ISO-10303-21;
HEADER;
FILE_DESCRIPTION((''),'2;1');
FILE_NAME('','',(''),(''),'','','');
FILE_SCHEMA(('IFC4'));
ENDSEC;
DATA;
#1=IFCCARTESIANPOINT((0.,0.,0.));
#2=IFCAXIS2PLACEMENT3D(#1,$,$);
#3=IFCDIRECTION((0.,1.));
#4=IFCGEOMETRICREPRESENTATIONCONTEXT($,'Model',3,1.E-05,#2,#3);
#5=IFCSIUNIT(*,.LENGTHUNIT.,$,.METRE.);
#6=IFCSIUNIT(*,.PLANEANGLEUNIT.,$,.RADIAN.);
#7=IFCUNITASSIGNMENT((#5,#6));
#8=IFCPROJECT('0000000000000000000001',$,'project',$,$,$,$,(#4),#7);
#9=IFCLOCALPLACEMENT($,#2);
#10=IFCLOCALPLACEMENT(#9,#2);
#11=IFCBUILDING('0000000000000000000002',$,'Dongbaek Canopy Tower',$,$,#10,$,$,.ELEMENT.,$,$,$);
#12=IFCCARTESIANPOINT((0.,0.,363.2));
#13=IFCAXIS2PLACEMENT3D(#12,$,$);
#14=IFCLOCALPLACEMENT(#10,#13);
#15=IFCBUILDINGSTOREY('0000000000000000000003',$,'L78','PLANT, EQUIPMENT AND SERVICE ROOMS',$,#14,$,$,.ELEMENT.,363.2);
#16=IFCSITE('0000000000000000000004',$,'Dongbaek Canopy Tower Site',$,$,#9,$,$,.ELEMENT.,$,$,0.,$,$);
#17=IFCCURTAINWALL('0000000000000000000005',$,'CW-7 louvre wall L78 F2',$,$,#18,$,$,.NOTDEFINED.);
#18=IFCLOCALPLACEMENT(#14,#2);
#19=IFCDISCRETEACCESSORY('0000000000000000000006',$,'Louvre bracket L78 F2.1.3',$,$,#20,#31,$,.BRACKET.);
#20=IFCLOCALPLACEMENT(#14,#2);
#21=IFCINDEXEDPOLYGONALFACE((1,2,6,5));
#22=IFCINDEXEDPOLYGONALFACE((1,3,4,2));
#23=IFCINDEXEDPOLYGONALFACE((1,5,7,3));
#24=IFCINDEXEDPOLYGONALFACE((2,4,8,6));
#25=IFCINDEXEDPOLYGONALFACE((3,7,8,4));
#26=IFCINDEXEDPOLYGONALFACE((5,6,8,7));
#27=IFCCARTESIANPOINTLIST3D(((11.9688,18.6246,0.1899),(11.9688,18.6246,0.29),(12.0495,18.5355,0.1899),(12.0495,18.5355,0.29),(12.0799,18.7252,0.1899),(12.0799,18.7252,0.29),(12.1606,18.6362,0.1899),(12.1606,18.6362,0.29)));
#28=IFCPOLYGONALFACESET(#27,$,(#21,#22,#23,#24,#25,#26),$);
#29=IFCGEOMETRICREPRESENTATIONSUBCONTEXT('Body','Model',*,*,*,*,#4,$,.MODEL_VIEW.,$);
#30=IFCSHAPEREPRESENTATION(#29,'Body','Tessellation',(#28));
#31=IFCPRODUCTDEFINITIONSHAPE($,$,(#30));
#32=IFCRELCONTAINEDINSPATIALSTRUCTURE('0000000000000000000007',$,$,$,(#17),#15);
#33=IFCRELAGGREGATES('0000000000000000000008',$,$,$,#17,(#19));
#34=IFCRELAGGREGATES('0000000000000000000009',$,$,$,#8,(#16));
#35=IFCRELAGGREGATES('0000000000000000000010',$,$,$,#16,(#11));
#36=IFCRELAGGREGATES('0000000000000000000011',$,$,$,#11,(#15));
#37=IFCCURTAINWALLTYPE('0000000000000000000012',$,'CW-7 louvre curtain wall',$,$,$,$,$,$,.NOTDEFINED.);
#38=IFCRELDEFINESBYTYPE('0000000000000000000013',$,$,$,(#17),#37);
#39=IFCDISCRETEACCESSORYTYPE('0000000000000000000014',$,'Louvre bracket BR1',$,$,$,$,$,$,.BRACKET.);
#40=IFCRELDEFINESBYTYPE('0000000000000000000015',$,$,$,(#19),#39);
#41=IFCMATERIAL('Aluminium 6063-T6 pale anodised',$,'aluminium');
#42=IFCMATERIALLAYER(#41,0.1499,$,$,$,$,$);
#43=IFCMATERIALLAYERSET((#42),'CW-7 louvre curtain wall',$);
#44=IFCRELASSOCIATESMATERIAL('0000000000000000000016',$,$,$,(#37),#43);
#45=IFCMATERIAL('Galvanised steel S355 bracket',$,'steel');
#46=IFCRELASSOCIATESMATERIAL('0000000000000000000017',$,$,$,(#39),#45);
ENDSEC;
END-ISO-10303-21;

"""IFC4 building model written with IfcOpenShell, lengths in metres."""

from ifc_helpers import new_model, si_unit, direction, frame, origin, origin_2d, place, context, subcontext, project, spatial, rectangle, extrude, material, layer, layer_set, type_object, element, aggregate, save


model = new_model("IFC4")

# Units and contexts
model_context = context("Model", 3, precision=1e-05, world=origin(), true_north=direction((0.0, 1.0)))
body_context = subcontext(model_context, "Body", "Model", "MODEL_VIEW")
ifc_project = project(units=[si_unit("LENGTHUNIT", "METRE"), si_unit("PLANEANGLEUNIT", "RADIAN")], contexts=[model_context])

# Site, building, storey
site_placement = place(None, origin())
site = spatial("IfcSite", under=ifc_project, at=site_placement, Name="Dongbaek Canopy Tower Site", CompositionType="ELEMENT", RefElevation=0.0)
building_placement = place(site_placement, origin())
building = spatial("IfcBuilding", under=site, at=building_placement, Name="Dongbaek Canopy Tower", CompositionType="ELEMENT")
storey_placement = place(building_placement, frame((0.0, 0.0, 363.2)))
storey = spatial("IfcBuildingStorey", under=building, at=storey_placement, Name="L78", Description="PLANT, EQUIPMENT AND SERVICE ROOMS", CompositionType="ELEMENT", Elevation=363.2)

# Shared definitions
ifc_material_1 = material(Name="Aluminium 6063-T6 pale anodised", Category="aluminium")
ifc_layer_1 = layer(ifc_material_1, 0.1499)
ifc_layer_set_1 = layer_set([ifc_layer_1], Name="CW-7 louvre curtain wall")
curtain_wall_type = type_object("IfcCurtainWallType", Name="CW-7 louvre curtain wall", PredefinedType="NOTDEFINED", material=ifc_layer_set_1)

# Curtain wall
curtain_wall_1_placement = place(storey_placement, origin())
curtain_wall_1 = element("IfcCurtainWall", 1, at=curtain_wall_1_placement, inside=storey, type_object=curtain_wall_type, Name="CW-7 louvre wall L78 F2", PredefinedType="NOTDEFINED")

# Discrete accessory
ifc_material_2 = material(Name="Galvanised steel S355 bracket", Category="steel")
discrete_accessory_type = type_object("IfcDiscreteAccessoryType", Name="Louvre bracket BR1", PredefinedType="BRACKET", material=ifc_material_2)
discrete_accessory_1_placement = place(storey_placement, frame((12.0647, 18.6304, 0.1899), z_axis=(0.0, 0.0, 1.0), x_axis=(-0.67126, 0.741222, 0.0)))
discrete_accessory_1 = element("IfcDiscreteAccessory", 2, at=discrete_accessory_1_placement, type_object=discrete_accessory_type, Name="Louvre bracket L78 F2.1.3", PredefinedType="BRACKET", context=body_context, shape_type="SweptSolid", body=[
    extrude(rectangle(XDim=0.1201, YDim=0.1499, at=origin_2d()), origin(), (0.0, 0.0, 1.0), 0.1001),
])
aggregate(curtain_wall_1, [discrete_accessory_1])

save(model, "model.ifc")
